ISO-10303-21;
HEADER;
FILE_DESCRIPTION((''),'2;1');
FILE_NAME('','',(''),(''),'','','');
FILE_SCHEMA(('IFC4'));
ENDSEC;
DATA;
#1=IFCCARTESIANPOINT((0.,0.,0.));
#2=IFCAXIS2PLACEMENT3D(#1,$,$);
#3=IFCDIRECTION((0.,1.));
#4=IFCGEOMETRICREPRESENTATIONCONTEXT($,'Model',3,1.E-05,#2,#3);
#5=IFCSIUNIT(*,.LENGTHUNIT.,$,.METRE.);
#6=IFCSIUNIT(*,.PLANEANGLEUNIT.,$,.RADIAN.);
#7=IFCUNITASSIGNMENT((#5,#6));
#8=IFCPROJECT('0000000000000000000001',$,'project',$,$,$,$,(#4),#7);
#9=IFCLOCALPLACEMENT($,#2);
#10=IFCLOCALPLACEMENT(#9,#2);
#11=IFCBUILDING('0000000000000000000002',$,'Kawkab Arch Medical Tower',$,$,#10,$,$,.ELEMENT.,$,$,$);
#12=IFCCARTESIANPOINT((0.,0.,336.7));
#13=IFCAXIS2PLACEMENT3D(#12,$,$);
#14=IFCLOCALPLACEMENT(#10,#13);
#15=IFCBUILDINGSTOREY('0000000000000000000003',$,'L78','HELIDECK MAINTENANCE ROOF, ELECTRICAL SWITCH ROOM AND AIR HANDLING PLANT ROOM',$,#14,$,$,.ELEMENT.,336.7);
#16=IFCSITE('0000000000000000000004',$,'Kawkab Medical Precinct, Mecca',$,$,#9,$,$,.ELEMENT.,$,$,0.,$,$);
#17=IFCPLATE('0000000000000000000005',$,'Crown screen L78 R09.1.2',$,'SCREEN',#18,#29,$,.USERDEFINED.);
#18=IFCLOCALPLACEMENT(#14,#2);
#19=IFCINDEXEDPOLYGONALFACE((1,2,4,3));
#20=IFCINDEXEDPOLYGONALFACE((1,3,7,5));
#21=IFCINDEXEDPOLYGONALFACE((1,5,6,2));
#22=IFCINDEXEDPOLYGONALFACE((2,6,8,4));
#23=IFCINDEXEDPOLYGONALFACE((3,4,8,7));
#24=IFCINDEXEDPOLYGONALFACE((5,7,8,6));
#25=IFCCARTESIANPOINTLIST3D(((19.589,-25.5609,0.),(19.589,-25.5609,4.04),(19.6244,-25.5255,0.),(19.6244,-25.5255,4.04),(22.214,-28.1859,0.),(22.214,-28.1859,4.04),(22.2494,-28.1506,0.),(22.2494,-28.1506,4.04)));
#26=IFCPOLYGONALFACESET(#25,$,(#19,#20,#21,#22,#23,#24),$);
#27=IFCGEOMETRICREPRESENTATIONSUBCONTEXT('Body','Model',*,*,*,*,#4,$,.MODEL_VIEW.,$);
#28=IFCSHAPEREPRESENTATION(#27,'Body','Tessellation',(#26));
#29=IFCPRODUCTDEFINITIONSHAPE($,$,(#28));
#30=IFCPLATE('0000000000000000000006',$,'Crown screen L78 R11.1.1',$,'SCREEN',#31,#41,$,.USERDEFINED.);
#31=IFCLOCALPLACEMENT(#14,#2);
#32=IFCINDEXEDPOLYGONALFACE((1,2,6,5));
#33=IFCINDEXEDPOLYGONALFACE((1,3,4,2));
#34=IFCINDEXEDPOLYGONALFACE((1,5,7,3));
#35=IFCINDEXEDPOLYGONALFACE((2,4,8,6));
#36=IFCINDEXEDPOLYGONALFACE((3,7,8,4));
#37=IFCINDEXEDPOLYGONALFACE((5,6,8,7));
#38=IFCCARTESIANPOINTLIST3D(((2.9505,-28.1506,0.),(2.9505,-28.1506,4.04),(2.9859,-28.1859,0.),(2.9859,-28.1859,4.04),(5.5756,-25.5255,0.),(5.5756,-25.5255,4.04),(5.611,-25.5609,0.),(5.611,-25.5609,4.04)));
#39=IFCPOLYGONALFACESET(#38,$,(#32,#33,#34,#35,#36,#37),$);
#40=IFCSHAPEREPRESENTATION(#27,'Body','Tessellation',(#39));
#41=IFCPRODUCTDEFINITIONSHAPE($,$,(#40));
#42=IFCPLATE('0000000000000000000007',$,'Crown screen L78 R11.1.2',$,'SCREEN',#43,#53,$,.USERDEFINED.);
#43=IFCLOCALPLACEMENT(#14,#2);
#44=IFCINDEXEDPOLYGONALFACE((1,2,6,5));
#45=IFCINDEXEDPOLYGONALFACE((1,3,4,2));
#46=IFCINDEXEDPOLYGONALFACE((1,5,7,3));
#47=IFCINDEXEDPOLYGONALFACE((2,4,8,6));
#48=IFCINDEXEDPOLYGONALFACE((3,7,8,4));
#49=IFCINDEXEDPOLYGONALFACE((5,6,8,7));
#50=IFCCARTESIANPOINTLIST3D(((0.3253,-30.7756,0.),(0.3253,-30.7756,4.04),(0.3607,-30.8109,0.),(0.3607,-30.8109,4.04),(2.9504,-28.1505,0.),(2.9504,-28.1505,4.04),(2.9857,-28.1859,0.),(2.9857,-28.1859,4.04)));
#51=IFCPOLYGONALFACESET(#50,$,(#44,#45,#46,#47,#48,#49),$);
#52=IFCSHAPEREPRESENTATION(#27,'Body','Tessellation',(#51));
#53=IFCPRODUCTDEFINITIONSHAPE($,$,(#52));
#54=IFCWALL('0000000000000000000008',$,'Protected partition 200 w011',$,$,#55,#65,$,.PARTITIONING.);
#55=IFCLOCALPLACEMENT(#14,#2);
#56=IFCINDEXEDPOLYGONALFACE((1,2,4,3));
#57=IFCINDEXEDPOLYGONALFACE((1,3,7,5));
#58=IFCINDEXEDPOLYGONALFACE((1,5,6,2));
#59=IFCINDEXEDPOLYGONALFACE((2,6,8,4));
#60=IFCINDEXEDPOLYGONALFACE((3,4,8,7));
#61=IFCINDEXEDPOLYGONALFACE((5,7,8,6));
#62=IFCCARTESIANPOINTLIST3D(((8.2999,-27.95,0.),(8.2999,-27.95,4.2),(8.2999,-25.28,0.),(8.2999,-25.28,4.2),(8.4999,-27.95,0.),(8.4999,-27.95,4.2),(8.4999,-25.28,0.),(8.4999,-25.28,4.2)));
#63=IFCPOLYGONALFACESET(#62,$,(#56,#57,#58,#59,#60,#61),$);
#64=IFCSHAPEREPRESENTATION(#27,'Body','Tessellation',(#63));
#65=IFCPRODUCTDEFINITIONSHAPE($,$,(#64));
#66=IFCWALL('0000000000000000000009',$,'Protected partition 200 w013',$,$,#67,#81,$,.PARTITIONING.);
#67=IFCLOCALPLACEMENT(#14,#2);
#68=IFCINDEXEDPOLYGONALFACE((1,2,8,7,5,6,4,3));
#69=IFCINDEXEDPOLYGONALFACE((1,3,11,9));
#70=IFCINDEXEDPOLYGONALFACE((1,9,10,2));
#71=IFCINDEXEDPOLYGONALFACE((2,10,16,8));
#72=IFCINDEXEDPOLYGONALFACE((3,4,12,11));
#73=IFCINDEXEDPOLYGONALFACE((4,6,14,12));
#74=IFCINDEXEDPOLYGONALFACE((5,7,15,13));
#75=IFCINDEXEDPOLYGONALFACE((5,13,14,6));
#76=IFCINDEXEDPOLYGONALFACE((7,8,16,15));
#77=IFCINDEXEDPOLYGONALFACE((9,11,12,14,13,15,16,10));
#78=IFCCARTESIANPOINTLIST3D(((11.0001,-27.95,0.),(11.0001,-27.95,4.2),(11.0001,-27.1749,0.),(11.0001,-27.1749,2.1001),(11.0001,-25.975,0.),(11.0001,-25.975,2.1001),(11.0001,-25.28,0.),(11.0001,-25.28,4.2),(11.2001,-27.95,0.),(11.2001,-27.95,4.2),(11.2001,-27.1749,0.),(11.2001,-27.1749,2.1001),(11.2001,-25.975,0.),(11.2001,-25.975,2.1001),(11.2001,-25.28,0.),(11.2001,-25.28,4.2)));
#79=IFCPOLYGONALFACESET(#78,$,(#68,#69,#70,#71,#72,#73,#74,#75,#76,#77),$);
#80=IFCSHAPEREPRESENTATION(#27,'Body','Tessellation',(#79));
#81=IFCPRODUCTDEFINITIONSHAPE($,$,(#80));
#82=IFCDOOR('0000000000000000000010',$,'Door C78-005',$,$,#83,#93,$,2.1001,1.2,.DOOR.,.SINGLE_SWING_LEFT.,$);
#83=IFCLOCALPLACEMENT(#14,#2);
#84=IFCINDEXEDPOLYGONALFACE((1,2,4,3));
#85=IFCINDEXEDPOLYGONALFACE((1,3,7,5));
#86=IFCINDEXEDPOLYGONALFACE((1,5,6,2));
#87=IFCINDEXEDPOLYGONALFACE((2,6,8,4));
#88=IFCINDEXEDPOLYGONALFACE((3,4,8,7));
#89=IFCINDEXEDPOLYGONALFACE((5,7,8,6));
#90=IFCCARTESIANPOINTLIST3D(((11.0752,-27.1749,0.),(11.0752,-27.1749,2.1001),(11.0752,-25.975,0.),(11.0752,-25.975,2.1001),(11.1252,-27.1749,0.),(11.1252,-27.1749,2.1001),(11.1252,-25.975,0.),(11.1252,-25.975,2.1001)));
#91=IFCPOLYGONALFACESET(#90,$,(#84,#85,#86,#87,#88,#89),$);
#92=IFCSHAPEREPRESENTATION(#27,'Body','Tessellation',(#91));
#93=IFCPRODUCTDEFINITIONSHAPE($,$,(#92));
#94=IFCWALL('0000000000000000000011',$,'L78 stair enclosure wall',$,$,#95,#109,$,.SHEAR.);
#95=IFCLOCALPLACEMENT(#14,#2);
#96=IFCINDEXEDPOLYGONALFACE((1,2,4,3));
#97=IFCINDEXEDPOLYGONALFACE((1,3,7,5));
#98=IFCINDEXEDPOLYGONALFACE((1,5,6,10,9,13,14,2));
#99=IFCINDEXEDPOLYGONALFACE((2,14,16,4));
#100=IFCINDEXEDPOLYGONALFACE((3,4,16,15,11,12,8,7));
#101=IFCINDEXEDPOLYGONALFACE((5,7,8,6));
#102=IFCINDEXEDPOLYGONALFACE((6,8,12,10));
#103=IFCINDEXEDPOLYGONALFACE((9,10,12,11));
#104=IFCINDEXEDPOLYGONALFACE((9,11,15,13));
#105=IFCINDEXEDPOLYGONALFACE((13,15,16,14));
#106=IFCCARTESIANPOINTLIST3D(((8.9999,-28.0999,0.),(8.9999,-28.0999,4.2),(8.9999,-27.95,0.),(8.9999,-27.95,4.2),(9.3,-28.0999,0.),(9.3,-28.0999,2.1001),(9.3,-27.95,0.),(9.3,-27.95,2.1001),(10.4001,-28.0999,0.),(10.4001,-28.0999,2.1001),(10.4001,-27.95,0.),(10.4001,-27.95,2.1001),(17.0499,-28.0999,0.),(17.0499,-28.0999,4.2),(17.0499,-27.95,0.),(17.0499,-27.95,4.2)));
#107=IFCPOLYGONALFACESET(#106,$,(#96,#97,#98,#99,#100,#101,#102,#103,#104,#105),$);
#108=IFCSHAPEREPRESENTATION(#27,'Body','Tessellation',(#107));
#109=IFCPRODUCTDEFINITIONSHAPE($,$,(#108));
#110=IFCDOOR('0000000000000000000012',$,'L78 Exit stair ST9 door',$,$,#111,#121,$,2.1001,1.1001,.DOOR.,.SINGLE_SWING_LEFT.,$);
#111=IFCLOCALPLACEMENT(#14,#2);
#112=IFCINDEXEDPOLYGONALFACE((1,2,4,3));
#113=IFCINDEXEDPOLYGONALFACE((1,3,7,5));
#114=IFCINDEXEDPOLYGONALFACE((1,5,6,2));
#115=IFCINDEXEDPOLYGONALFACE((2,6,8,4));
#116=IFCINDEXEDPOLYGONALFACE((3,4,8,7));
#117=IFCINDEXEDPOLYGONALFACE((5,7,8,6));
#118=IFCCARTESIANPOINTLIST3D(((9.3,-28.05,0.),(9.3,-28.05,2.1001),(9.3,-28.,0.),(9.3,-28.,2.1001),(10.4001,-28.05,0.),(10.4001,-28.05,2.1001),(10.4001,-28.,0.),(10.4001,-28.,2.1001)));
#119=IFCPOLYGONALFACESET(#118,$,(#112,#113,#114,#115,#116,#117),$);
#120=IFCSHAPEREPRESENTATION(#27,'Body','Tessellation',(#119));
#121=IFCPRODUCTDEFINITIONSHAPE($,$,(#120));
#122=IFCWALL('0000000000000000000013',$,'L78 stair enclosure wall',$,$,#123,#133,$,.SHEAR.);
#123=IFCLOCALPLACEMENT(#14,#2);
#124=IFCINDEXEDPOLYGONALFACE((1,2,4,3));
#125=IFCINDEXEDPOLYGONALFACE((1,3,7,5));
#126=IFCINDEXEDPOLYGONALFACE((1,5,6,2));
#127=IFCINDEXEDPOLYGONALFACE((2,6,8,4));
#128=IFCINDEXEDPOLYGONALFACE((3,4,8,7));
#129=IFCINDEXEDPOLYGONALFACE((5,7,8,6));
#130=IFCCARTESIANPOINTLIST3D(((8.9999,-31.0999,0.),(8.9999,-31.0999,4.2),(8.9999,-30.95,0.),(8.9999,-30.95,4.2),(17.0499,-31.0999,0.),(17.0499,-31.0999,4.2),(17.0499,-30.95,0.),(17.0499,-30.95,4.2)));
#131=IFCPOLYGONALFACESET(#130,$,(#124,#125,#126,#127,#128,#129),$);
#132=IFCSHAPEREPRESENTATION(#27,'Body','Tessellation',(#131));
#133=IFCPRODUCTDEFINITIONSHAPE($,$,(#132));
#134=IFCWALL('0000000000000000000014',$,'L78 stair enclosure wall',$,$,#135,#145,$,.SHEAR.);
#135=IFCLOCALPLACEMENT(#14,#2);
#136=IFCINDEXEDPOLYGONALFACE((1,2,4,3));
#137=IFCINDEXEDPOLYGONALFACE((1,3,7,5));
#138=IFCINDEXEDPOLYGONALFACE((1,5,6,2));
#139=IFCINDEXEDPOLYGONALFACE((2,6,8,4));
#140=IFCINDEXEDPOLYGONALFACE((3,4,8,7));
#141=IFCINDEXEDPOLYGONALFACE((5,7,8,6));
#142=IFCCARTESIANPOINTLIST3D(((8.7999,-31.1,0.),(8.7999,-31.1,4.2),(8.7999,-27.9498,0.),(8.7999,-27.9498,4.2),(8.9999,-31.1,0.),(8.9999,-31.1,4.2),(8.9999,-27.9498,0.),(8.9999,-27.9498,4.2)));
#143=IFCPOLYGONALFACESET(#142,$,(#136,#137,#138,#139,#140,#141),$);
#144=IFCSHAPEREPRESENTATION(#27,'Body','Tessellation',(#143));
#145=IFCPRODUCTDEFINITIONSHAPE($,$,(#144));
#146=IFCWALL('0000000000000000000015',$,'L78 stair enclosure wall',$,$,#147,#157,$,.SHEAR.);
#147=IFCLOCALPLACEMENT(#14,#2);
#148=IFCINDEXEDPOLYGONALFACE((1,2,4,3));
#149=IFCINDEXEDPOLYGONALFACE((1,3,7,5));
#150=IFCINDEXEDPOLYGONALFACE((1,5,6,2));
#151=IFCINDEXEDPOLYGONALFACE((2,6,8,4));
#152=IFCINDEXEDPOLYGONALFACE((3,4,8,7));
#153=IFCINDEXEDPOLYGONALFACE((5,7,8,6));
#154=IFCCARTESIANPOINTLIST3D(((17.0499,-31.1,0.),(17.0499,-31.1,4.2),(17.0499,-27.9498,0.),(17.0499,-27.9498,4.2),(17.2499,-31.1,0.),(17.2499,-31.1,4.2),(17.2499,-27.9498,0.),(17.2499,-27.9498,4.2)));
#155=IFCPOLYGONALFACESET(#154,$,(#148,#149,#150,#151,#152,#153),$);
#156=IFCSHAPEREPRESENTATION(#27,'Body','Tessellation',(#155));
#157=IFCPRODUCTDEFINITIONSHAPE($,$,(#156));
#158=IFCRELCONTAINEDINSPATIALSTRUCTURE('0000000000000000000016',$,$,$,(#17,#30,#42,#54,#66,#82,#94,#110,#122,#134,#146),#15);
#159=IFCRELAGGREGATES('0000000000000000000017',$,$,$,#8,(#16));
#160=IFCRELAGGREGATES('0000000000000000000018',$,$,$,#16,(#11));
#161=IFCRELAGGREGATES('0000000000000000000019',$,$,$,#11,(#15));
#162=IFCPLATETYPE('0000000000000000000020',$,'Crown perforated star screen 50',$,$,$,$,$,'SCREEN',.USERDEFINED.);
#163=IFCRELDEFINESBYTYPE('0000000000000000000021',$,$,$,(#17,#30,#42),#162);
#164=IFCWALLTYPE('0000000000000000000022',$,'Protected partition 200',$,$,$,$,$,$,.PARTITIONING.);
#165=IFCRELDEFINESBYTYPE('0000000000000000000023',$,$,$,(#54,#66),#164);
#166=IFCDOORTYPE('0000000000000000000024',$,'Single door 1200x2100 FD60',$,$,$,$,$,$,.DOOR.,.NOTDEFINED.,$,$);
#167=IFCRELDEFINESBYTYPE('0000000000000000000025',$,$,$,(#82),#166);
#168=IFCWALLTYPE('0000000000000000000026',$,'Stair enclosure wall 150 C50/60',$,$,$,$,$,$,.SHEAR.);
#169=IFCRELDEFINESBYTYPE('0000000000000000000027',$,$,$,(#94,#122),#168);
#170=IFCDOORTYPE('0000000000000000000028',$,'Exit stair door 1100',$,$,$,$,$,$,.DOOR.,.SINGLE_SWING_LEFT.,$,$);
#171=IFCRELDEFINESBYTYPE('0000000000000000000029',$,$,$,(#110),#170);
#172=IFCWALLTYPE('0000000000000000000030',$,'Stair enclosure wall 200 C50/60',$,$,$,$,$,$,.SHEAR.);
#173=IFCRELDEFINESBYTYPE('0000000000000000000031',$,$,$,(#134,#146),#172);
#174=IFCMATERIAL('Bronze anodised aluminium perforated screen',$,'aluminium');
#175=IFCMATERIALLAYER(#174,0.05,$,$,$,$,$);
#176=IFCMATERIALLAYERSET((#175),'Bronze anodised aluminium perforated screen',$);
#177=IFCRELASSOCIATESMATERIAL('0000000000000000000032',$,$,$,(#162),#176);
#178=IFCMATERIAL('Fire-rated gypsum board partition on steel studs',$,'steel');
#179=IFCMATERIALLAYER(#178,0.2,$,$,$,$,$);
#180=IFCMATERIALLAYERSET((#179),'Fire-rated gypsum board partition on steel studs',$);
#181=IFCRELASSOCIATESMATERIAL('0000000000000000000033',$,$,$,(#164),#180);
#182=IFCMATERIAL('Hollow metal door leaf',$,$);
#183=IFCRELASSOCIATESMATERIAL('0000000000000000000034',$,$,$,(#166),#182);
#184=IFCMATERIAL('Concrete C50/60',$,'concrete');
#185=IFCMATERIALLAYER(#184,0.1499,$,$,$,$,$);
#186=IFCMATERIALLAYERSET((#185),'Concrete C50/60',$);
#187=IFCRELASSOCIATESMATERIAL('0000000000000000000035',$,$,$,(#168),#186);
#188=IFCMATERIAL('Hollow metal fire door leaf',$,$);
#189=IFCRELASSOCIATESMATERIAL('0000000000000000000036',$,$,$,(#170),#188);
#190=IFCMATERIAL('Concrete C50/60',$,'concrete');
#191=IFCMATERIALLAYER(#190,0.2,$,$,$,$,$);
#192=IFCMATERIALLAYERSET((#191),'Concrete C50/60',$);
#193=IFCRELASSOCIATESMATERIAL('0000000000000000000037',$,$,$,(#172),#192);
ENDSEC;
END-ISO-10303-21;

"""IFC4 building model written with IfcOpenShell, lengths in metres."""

from ifc_helpers import new_model, si_unit, direction, frame, frame_2d, origin, origin_2d, place, context, subcontext, project, spatial, rectangle, extrude, material, layer, layer_set, type_object, element, fill, save


model = new_model("IFC4")

# Units and contexts
model_context = context("Model", 3, precision=1e-05, world=origin(), true_north=direction((0.0, 1.0)))
body_context = subcontext(model_context, "Body", "Model", "MODEL_VIEW")
ifc_project = project(units=[si_unit("LENGTHUNIT", "METRE"), si_unit("PLANEANGLEUNIT", "RADIAN")], contexts=[model_context])

# Site, building, storey
site_placement = place(None, origin())
site = spatial("IfcSite", under=ifc_project, at=site_placement, Name="Kawkab Medical Precinct, Mecca", CompositionType="ELEMENT", RefElevation=0.0)
building_placement = place(site_placement, origin())
building = spatial("IfcBuilding", under=site, at=building_placement, Name="Kawkab Arch Medical Tower", CompositionType="ELEMENT")
storey_placement = place(building_placement, frame((0.0, 0.0, 336.7)))
storey = spatial("IfcBuildingStorey", under=building, at=storey_placement, Name="L78", Description="HELIDECK MAINTENANCE ROOF, ELECTRICAL SWITCH ROOM AND AIR HANDLING PLANT ROOM", CompositionType="ELEMENT", Elevation=336.7)

# Plates
ifc_material_1 = material(Name="Bronze anodised aluminium perforated screen", Category="aluminium")
ifc_layer_1 = layer(ifc_material_1, 0.05)
ifc_layer_set_1 = layer_set([ifc_layer_1], Name="Bronze anodised aluminium perforated screen")
plate_type_1 = type_object("IfcPlateType", Name="Crown perforated star screen 50", ElementType="SCREEN", PredefinedType="USERDEFINED", material=ifc_layer_set_1)
for number, where, z_axis, x_axis, name in (
    (1, (20.9192, -26.8557, 0.0), (0.0, 0.0, 1.0), (-0.707107, 0.707107, 0.0), "Crown screen L78 R09.1.2"),
    (2, (4.2808, -26.8557, 0.0), (0.0, 0.0, 1.0), (-0.707107, -0.707107, 0.0), "Crown screen L78 R11.1.1"),
    (3, (1.6555, -29.4807, 0.0), (0.0, 0.0, 1.0), (-0.707107, -0.707107, 0.0), "Crown screen L78 R11.1.2"),
):
    element("IfcPlate", number, at=place(storey_placement, frame(where, z_axis=z_axis, x_axis=x_axis)), inside=storey, type_object=plate_type_1, Name=name, ObjectType="SCREEN", PredefinedType="USERDEFINED", context=body_context, shape_type="SweptSolid", body=[
        extrude(rectangle(XDim=3.7124, YDim=0.05, at=origin_2d()), origin(), (0.0, 0.0, 1.0), 4.04),
    ])

# Wall
ifc_material_2 = material(Name="Fire-rated gypsum board partition on steel studs", Category="steel")
ifc_layer_2 = layer(ifc_material_2, 0.2)
ifc_layer_set_2 = layer_set([ifc_layer_2], Name="Fire-rated gypsum board partition on steel studs")
wall_type_1 = type_object("IfcWallType", Name="Protected partition 200", PredefinedType="PARTITIONING", material=ifc_layer_set_2)
wall_1_placement = place(storey_placement, frame((8.3999, -27.95, 0.0), z_axis=(0.0, 0.0, 1.0), x_axis=(0.0, 1.0, 0.0)))
element("IfcWall", 4, at=wall_1_placement, inside=storey, type_object=wall_type_1, Name="Protected partition 200 w011", PredefinedType="PARTITIONING", context=body_context, shape_type="SweptSolid", body=[
    extrude(rectangle(XDim=2.6699, YDim=0.2, at=frame_2d((1.335, 0.0))), origin(), (0.0, 0.0, 1.0), 4.2),
])

# Walls, openings, doors
wall_2_placement = place(storey_placement, frame((11.1001, -27.95, 0.0), z_axis=(0.0, 0.0, 1.0), x_axis=(0.0, 1.0, 0.0)))
wall_2 = element("IfcWall", 5, at=wall_2_placement, inside=storey, type_object=wall_type_1, Name="Protected partition 200 w013", PredefinedType="PARTITIONING", context=body_context, shape_type="SweptSolid", body=[
    extrude(rectangle(XDim=2.6699, YDim=0.2, at=frame_2d((1.335, 0.0))), origin(), (0.0, 0.0, 1.0), 4.2),
])
opening_1_placement = place(wall_2_placement, frame((0.7749, 0.0, 0.0)))
opening_1 = element("IfcOpeningElement", 6, at=opening_1_placement, cuts=wall_2, PredefinedType="OPENING", context=body_context, shape_type="SweptSolid", body=[
    extrude(rectangle(XDim=1.2, YDim=2.1001, at=frame_2d((0.6001, 1.05))), frame((0.0, 0.1099, 0.0), z_axis=(0.0, -1.0, 0.0), x_axis=(1.0, 0.0, 0.0)), (0.0, 0.0, 1.0), 0.22),
])
ifc_material_3 = material(Name="Hollow metal door leaf")
door_type_1 = type_object("IfcDoorType", Name="Single door 1200x2100 FD60", OperationType="NOTDEFINED", PredefinedType="DOOR", material=ifc_material_3)
door_1_placement = place(opening_1_placement, origin())
door_1 = element("IfcDoor", 7, at=door_1_placement, inside=storey, type_object=door_type_1, Name="Door C78-005", OperationType="SINGLE_SWING_LEFT", OverallHeight=2.1001, OverallWidth=1.2, PredefinedType="DOOR", context=body_context, shape_type="SweptSolid", body=[
    extrude(rectangle(XDim=1.2, YDim=2.1001, at=frame_2d((0.6001, 1.05))), frame((0.0, 0.0249, 0.0), z_axis=(0.0, -1.0, 0.0), x_axis=(1.0, 0.0, 0.0)), (0.0, 0.0, 1.0), 0.05),
])
fill(opening_1, door_1)
ifc_material_4 = material(Name="Concrete C50/60", Category="concrete")
ifc_layer_3 = layer(ifc_material_4, 0.1499)
ifc_layer_set_3 = layer_set([ifc_layer_3], Name="Concrete C50/60")
wall_type_2 = type_object("IfcWallType", Name="Stair enclosure wall 150 C50/60", PredefinedType="SHEAR", material=ifc_layer_set_3)
wall_3_placement = place(storey_placement, frame((9.0, -28.0249, 0.0), z_axis=(0.0, 0.0, 1.0), x_axis=(1.0, 0.0, 0.0)))
wall_3 = element("IfcWall", 8, at=wall_3_placement, inside=storey, type_object=wall_type_2, Name="L78 stair enclosure wall", PredefinedType="SHEAR", context=body_context, shape_type="SweptSolid", body=[
    extrude(rectangle(XDim=8.05, YDim=0.1499, at=frame_2d((4.0249, 0.0))), origin(), (0.0, 0.0, 1.0), 4.2),
])
opening_2_placement = place(wall_3_placement, frame((0.3, 0.0, 0.0)))
opening_2 = element("IfcOpeningElement", 9, at=opening_2_placement, cuts=wall_3, PredefinedType="OPENING", context=body_context, shape_type="SweptSolid", body=[
    extrude(rectangle(XDim=1.1001, YDim=2.1001, at=frame_2d((0.55, 1.05))), frame((0.0, 0.085, 0.0), z_axis=(0.0, -1.0, 0.0), x_axis=(1.0, 0.0, 0.0)), (0.0, 0.0, 1.0), 0.1699),
])
ifc_material_5 = material(Name="Hollow metal fire door leaf")
door_type_2 = type_object("IfcDoorType", Name="Exit stair door 1100", OperationType="SINGLE_SWING_LEFT", PredefinedType="DOOR", material=ifc_material_5)
door_2_placement = place(opening_2_placement, origin())
door_2 = element("IfcDoor", 10, at=door_2_placement, inside=storey, type_object=door_type_2, Name="L78 Exit stair ST9 door", OperationType="SINGLE_SWING_LEFT", OverallHeight=2.1001, OverallWidth=1.1001, PredefinedType="DOOR", context=body_context, shape_type="SweptSolid", body=[
    extrude(rectangle(XDim=1.1001, YDim=2.1001, at=frame_2d((0.55, 1.05))), frame((0.0, 0.0249, 0.0), z_axis=(0.0, -1.0, 0.0), x_axis=(1.0, 0.0, 0.0)), (0.0, 0.0, 1.0), 0.05),
])
fill(opening_2, door_2)

# Walls
wall_4_placement = place(storey_placement, frame((9.0, -31.0249, 0.0), z_axis=(0.0, 0.0, 1.0), x_axis=(1.0, 0.0, 0.0)))
element("IfcWall", 11, at=wall_4_placement, inside=storey, type_object=wall_type_2, Name="L78 stair enclosure wall", PredefinedType="SHEAR", context=body_context, shape_type="SweptSolid", body=[
    extrude(rectangle(XDim=8.05, YDim=0.1499, at=frame_2d((4.0249, 0.0))), origin(), (0.0, 0.0, 1.0), 4.2),
])
ifc_material_6 = material(Name="Concrete C50/60", Category="concrete")
ifc_layer_4 = layer(ifc_material_6, 0.2)
ifc_layer_set_4 = layer_set([ifc_layer_4], Name="Concrete C50/60")
wall_type_3 = type_object("IfcWallType", Name="Stair enclosure wall 200 C50/60", PredefinedType="SHEAR", material=ifc_layer_set_4)
for number, where, z_axis, x_axis, name in (
    (12, (8.8999, -31.1001, 0.0), (0.0, 0.0, 1.0), (0.0, 1.0, 0.0), "L78 stair enclosure wall"),
    (13, (17.1499, -31.1001, 0.0), (0.0, 0.0, 1.0), (0.0, 1.0, 0.0), "L78 stair enclosure wall"),
):
    element("IfcWall", number, at=place(storey_placement, frame(where, z_axis=z_axis, x_axis=x_axis)), inside=storey, type_object=wall_type_3, Name=name, PredefinedType="SHEAR", context=body_context, shape_type="SweptSolid", body=[
        extrude(rectangle(XDim=3.1501, YDim=0.2, at=frame_2d((1.5752, 0.0))), origin(), (0.0, 0.0, 1.0), 4.2),
    ])

save(model, "model.ifc")
